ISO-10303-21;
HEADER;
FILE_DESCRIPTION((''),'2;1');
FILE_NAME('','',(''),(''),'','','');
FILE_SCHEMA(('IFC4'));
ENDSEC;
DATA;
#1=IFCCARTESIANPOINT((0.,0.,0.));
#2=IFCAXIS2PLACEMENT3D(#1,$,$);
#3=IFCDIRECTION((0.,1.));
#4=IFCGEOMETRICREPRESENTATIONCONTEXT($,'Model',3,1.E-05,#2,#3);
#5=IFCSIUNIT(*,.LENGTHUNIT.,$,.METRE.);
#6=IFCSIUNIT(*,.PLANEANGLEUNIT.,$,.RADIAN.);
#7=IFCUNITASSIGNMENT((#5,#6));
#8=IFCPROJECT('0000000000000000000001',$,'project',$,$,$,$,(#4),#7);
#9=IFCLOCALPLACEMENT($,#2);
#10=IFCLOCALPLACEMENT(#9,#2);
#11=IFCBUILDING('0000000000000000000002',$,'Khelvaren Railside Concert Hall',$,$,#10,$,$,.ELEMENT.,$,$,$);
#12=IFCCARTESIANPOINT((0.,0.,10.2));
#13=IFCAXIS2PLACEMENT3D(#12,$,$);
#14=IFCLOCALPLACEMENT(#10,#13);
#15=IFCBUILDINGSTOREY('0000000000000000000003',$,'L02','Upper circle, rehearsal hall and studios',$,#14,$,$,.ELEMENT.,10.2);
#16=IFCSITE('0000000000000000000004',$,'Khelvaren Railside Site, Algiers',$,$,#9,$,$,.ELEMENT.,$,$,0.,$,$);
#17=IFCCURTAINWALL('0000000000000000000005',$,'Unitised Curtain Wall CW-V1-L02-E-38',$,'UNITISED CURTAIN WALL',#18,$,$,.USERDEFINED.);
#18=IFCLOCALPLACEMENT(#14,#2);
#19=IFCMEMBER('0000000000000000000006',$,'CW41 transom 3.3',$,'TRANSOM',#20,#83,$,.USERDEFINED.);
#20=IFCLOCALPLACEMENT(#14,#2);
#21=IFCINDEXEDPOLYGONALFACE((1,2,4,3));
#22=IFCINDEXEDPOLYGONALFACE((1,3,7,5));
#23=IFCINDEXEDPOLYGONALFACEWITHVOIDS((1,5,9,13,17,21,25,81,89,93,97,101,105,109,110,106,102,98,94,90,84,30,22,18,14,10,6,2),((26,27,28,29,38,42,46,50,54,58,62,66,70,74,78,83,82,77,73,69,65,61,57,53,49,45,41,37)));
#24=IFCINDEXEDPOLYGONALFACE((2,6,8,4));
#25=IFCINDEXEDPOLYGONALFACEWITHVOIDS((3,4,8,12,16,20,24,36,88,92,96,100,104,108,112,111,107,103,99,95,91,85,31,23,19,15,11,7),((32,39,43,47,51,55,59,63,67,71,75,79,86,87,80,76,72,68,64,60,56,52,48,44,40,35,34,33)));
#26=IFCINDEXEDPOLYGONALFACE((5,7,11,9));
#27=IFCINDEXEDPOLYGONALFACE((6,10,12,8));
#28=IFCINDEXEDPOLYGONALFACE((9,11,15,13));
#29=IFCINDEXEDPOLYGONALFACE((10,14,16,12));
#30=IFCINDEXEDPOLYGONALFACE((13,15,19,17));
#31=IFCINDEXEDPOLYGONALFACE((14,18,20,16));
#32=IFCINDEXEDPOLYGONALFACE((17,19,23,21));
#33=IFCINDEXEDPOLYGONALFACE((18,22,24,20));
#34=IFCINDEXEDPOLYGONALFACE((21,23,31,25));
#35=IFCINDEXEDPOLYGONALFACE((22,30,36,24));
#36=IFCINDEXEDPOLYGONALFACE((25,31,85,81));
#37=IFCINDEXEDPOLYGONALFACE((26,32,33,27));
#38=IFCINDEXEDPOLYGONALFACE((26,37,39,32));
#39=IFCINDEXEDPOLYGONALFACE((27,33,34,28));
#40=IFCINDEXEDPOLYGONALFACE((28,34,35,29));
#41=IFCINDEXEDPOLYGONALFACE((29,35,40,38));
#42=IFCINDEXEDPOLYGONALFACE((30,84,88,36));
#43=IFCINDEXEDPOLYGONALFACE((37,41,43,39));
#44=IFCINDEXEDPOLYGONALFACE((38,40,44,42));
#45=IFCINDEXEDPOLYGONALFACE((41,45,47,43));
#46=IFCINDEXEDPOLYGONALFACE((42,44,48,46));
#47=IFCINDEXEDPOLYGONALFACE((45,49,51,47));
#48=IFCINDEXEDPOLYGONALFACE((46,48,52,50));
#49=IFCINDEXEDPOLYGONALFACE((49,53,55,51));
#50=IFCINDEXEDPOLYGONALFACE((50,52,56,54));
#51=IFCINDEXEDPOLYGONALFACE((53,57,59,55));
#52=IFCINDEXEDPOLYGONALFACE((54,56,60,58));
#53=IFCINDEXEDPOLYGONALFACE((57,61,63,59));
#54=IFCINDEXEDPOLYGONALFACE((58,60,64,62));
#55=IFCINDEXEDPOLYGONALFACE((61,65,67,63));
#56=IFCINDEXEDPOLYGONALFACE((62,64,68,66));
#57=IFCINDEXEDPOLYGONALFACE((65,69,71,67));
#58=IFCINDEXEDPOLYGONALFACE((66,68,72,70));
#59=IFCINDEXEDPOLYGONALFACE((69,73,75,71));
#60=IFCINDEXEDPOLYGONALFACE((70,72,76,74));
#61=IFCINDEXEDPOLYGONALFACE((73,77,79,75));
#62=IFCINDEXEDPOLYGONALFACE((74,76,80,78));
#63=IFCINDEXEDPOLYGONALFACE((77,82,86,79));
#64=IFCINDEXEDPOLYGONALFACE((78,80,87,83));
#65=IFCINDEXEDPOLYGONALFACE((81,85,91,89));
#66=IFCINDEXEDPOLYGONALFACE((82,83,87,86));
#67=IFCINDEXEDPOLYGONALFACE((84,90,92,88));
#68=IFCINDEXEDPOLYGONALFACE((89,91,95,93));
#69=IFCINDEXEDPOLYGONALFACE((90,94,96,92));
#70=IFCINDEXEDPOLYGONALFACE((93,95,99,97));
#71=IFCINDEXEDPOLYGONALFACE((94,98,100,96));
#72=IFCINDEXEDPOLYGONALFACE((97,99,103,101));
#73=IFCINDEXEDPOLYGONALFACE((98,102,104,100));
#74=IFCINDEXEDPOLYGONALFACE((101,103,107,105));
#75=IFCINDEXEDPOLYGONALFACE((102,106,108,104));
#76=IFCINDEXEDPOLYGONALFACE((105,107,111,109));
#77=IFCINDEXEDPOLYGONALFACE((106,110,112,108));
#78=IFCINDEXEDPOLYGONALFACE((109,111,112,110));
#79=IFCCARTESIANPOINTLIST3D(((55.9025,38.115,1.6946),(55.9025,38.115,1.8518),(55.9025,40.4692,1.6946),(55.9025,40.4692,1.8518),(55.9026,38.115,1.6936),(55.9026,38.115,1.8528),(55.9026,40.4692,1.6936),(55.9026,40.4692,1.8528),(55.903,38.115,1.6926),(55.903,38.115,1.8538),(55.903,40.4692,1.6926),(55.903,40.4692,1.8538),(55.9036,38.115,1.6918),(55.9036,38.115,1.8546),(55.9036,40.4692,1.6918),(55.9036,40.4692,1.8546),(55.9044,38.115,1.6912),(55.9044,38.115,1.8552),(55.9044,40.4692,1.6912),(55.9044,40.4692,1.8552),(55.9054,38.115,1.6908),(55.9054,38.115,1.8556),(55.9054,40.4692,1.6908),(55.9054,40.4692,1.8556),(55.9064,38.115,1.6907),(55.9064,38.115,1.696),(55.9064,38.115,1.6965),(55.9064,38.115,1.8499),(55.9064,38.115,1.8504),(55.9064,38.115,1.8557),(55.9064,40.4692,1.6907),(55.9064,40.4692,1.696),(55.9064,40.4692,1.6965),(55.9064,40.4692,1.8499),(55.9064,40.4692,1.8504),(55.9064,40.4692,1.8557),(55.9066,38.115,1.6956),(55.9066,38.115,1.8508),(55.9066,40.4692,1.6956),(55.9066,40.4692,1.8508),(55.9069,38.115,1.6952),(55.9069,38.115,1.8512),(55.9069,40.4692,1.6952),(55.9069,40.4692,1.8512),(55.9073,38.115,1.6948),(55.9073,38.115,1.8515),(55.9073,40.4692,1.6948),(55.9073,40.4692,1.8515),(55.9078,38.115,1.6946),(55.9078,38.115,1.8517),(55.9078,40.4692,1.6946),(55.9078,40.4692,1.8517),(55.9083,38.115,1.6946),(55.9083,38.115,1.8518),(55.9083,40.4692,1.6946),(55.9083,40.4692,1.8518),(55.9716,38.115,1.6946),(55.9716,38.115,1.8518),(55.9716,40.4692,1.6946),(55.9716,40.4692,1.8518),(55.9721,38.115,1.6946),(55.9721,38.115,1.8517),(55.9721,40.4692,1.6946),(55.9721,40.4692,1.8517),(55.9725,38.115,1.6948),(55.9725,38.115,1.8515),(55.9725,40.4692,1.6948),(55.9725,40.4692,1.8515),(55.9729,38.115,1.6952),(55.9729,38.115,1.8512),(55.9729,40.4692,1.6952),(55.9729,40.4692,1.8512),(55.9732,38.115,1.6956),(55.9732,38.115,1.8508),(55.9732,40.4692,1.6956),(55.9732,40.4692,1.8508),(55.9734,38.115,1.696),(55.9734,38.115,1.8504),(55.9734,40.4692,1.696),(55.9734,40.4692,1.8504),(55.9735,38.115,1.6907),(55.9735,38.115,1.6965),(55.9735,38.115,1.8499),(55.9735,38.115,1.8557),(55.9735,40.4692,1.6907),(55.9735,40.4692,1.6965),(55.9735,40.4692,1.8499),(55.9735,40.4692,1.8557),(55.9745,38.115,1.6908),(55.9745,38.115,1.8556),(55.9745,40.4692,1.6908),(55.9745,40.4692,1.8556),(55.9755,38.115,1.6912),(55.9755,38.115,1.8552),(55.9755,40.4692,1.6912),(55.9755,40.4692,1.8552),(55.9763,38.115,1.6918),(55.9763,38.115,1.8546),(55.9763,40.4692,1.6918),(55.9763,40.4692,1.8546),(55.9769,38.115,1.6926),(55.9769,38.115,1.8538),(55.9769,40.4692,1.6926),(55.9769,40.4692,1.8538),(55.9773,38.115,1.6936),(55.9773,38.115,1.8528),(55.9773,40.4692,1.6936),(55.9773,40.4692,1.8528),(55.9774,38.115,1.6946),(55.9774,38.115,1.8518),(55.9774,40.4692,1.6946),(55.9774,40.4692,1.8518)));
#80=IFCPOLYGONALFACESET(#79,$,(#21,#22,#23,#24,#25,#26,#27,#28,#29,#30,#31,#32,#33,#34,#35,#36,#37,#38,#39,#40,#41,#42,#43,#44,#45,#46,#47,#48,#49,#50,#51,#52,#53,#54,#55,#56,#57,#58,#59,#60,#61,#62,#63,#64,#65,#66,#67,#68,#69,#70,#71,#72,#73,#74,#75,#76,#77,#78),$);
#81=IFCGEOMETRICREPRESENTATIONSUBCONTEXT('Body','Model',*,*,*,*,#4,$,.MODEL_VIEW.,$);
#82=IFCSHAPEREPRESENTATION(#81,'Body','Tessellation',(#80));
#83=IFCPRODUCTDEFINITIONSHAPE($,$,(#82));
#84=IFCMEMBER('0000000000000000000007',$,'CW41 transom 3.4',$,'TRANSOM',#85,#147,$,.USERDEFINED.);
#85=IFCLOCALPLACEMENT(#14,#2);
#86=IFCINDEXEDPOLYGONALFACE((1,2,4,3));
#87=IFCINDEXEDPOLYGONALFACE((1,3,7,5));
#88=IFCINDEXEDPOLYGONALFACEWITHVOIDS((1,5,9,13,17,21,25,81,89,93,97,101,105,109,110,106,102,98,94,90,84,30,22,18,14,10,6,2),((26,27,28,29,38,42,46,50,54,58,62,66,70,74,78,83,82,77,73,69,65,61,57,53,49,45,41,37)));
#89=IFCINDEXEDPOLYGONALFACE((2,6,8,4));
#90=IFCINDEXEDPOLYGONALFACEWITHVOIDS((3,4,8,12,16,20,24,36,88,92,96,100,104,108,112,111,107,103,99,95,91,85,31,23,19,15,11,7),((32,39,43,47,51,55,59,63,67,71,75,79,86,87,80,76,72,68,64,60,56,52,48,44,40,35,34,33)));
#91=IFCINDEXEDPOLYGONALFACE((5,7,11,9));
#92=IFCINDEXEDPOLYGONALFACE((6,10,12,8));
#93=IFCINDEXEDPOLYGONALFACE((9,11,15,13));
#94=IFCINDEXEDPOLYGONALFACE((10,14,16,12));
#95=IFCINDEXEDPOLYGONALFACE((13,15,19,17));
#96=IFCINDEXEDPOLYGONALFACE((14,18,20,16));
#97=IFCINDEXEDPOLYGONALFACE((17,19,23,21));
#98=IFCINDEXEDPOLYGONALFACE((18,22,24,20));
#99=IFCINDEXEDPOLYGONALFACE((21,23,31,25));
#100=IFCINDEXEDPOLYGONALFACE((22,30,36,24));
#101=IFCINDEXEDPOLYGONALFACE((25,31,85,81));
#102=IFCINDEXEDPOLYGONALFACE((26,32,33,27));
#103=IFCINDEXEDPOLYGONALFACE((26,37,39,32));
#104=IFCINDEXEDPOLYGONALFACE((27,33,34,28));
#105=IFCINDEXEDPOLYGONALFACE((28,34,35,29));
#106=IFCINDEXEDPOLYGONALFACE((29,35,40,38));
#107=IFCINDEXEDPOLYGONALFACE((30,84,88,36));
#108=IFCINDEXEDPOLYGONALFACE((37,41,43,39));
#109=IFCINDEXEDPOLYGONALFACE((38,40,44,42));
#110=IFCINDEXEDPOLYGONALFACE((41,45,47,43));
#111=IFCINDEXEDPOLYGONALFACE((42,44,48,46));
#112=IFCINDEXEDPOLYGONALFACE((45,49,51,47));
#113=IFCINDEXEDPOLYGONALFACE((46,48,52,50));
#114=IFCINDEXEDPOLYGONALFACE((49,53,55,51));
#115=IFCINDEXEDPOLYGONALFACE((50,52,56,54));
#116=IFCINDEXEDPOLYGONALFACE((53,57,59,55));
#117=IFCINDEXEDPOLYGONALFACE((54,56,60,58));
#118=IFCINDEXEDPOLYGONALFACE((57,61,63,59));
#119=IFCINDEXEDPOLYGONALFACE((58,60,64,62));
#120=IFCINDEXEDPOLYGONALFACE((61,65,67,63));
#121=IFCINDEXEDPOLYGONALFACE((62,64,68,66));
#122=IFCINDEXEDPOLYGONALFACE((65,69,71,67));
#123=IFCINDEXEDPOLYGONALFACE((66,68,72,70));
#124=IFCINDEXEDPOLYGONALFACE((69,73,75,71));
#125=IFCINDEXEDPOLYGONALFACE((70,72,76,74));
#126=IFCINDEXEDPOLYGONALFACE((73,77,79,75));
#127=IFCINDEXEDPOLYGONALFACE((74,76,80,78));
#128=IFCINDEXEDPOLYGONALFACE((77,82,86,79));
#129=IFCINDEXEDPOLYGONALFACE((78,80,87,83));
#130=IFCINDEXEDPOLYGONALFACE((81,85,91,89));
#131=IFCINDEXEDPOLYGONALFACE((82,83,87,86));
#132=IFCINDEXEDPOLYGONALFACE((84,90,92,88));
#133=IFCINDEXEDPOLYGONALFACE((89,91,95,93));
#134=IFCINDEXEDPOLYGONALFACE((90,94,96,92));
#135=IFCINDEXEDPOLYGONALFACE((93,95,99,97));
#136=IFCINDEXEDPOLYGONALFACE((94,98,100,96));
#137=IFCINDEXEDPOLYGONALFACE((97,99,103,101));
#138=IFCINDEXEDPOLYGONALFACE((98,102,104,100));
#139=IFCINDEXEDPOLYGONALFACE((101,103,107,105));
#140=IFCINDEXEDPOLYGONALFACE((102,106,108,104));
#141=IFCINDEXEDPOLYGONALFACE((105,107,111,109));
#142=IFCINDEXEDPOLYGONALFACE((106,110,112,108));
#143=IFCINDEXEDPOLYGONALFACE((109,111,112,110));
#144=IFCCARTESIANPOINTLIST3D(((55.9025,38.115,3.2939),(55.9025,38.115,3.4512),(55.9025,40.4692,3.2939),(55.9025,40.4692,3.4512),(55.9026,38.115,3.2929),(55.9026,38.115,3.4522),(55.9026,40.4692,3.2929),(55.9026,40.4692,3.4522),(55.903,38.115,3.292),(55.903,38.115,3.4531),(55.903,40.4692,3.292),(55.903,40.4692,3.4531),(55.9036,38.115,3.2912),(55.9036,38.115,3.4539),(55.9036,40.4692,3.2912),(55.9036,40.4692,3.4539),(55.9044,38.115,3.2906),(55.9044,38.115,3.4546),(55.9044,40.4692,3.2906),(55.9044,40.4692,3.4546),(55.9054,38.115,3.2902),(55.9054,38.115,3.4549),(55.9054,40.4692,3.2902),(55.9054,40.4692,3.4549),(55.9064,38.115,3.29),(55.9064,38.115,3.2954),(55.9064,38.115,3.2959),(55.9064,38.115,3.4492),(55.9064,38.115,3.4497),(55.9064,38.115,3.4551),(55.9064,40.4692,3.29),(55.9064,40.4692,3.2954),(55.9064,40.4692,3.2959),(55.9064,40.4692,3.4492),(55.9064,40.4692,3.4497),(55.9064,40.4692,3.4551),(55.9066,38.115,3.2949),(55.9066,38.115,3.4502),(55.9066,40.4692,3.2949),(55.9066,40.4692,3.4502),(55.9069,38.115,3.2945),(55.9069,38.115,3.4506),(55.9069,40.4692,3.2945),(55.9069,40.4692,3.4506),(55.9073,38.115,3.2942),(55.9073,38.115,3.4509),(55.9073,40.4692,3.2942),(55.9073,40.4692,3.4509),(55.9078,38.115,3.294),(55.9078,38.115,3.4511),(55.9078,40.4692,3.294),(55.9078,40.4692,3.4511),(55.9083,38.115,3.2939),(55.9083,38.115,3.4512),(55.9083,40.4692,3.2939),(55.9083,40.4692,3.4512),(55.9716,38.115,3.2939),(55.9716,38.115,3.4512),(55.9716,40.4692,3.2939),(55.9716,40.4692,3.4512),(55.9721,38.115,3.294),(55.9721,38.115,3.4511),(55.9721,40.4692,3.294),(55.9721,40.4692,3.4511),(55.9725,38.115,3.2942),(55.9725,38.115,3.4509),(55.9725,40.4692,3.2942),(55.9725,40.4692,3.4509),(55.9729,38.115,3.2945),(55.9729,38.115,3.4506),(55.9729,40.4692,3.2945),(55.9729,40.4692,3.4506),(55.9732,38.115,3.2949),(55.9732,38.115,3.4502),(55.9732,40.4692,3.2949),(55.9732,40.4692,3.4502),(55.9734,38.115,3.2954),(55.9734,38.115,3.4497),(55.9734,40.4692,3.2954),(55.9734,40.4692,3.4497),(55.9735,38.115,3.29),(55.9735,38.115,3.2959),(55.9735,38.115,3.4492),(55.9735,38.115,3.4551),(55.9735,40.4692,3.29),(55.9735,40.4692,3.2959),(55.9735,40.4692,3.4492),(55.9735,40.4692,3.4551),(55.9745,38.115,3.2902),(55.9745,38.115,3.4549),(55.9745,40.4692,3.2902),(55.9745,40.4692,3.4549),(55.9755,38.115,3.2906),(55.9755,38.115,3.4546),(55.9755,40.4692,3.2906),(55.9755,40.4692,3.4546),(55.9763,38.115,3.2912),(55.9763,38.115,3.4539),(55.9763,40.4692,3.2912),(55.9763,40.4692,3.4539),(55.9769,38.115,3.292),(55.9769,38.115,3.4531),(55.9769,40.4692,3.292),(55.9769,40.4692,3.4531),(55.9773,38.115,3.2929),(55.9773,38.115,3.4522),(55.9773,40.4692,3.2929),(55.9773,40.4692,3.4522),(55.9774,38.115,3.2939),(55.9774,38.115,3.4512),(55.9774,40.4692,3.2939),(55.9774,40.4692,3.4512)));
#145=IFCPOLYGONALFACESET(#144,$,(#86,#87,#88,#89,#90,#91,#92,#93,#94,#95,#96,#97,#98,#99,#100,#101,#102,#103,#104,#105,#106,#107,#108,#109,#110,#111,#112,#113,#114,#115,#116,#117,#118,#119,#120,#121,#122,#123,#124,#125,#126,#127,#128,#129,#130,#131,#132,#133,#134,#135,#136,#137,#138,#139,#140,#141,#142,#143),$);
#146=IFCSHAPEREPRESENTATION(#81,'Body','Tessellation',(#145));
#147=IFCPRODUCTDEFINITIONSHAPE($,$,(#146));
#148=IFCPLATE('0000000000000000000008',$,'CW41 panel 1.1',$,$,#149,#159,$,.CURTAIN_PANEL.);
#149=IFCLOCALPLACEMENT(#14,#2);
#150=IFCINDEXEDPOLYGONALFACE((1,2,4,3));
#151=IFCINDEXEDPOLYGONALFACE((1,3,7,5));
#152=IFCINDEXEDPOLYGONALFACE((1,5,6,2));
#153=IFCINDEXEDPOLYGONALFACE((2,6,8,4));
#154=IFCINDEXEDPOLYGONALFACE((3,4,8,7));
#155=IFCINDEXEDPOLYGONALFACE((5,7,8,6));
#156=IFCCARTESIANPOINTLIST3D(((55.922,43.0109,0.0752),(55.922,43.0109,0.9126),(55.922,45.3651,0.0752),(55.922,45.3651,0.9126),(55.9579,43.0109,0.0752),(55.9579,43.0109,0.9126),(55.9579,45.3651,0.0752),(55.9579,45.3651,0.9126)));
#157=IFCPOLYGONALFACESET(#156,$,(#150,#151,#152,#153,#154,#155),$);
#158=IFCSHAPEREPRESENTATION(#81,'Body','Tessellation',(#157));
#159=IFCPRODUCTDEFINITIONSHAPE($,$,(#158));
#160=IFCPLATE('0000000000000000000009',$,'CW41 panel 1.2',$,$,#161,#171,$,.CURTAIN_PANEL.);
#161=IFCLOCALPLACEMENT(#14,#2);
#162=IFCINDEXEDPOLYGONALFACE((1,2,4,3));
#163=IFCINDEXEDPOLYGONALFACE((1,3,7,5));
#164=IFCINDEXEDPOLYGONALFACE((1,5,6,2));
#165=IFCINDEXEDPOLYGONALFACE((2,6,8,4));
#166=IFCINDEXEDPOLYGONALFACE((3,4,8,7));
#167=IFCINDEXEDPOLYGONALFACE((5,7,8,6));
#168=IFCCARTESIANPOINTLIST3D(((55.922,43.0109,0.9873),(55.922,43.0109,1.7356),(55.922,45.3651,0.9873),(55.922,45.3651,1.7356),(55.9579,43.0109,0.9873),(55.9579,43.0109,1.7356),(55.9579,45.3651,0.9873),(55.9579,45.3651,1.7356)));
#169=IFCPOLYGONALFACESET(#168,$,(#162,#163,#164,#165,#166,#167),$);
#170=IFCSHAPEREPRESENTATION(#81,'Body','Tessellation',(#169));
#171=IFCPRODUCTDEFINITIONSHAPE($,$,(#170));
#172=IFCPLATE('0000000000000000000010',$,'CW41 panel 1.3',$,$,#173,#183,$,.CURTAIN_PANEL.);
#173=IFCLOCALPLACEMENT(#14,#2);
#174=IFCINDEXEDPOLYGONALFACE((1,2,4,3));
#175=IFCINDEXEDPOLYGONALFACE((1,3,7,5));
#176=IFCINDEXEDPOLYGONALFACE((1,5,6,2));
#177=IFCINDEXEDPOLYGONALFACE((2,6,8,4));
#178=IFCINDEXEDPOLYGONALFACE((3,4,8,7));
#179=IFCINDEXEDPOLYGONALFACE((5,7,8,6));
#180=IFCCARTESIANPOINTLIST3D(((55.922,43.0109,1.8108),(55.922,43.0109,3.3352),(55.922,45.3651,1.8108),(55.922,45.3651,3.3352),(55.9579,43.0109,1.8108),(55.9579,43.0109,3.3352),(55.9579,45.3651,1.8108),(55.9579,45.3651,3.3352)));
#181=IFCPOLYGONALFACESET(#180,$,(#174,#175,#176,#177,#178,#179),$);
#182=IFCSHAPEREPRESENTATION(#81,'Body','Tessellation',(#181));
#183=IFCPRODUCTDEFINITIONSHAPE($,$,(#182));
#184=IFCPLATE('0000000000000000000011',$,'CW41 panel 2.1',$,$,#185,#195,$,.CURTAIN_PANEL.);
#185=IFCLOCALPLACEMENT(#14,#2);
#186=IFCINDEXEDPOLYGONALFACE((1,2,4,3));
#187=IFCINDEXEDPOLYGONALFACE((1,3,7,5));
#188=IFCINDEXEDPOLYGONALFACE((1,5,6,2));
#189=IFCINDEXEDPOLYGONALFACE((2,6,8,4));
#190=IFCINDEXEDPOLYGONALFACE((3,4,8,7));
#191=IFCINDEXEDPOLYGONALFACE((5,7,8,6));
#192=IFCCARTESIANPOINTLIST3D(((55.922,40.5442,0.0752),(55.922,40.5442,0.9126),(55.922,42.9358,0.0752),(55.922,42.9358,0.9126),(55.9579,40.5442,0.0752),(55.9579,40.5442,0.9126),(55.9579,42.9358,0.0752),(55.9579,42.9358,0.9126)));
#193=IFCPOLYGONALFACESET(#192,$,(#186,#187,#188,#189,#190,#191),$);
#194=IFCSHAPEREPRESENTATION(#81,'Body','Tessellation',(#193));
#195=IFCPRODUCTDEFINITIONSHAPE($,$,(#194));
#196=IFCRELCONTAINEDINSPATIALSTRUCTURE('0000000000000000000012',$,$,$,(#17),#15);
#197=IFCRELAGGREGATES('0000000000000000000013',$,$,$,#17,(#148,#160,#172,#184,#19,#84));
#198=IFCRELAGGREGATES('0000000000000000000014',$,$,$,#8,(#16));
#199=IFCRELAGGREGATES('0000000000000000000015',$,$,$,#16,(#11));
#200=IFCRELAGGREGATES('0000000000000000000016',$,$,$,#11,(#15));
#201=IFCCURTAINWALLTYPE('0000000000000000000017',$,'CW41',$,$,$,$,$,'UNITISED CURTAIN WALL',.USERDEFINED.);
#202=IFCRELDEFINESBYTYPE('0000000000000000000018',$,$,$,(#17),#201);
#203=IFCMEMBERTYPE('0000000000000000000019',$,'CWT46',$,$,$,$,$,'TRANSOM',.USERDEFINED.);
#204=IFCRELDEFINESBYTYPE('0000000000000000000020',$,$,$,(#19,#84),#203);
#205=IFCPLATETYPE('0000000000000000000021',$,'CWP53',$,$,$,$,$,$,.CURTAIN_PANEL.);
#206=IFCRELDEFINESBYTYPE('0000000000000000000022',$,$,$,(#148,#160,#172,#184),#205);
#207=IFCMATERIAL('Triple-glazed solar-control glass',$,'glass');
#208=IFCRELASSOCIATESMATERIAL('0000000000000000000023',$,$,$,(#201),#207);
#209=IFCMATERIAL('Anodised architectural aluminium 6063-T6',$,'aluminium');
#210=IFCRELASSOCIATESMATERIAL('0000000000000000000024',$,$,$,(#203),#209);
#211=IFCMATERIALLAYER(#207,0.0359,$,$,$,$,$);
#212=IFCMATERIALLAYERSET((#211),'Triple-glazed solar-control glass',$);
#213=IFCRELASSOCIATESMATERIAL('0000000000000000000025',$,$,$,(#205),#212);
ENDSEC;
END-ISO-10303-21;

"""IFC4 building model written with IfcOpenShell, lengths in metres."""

from ifc_helpers import new_model, si_unit, direction, frame, origin, origin_2d, place, context, subcontext, project, spatial, rectangle, hollow_rectangle, extrude, material, layer, layer_set, material_profile, profile_set, type_object, element, aggregate, save


model = new_model("IFC4")

# Units and contexts
model_context = context("Model", 3, precision=1e-05, world=origin(), true_north=direction((0.0, 1.0)))
body_context = subcontext(model_context, "Body", "Model", "MODEL_VIEW")
ifc_project = project(units=[si_unit("LENGTHUNIT", "METRE"), si_unit("PLANEANGLEUNIT", "RADIAN")], contexts=[model_context])

# Site, building, storey
site_placement = place(None, origin())
site = spatial("IfcSite", under=ifc_project, at=site_placement, Name="Khelvaren Railside Site, Algiers", CompositionType="ELEMENT", RefElevation=0.0)
building_placement = place(site_placement, origin())
building = spatial("IfcBuilding", under=site, at=building_placement, Name="Khelvaren Railside Concert Hall", CompositionType="ELEMENT")
storey_placement = place(building_placement, frame((0.0, 0.0, 10.2)))
storey = spatial("IfcBuildingStorey", under=building, at=storey_placement, Name="L02", Description="Upper circle, rehearsal hall and studios", CompositionType="ELEMENT", Elevation=10.2)

# Curtain wall, members, plates
ifc_material_1 = material(Name="Triple-glazed solar-control glass", Category="glass")
curtain_wall_type = type_object("IfcCurtainWallType", Name="CW41", ElementType="UNITISED CURTAIN WALL", PredefinedType="USERDEFINED", material=ifc_material_1)
curtain_wall_placement = place(storey_placement, origin())
curtain_wall = element("IfcCurtainWall", 1, at=curtain_wall_placement, inside=storey, type_object=curtain_wall_type, Name="Unitised Curtain Wall CW-V1-L02-E-38", ObjectType="UNITISED CURTAIN WALL", PredefinedType="USERDEFINED")
ifc_material_2 = material(Name="Anodised architectural aluminium 6063-T6", Category="aluminium")
ifc_material_profile_1 = material_profile(ifc_material_2, hollow_rectangle(XDim=0.075, YDim=0.165, WallThickness=0.0039, InnerFilletRadius=0.002, OuterFilletRadius=0.0039, at=origin_2d()), Name="CWT 75x165x4")
ifc_profile_set_1 = profile_set([ifc_material_profile_1], Name="Anodised architectural aluminium 6063-T6")
member_type_1 = type_object("IfcMemberType", Name="CWT46", ElementType="TRANSOM", PredefinedType="USERDEFINED", material=ifc_profile_set_1)
member_1_placement = place(storey_placement, frame((55.9399, 40.4692, 1.7732), z_axis=(0.0, -1.0, 0.0), x_axis=(1.0, 0.0, 0.0)))
member_1 = element("IfcMember", 2, at=member_1_placement, type_object=member_type_1, Name="CW41 transom 3.3", ObjectType="TRANSOM", PredefinedType="USERDEFINED", context=body_context, shape_type="SweptSolid", body=[
    extrude(hollow_rectangle(XDim=0.075, YDim=0.165, WallThickness=0.0039, InnerFilletRadius=0.002, OuterFilletRadius=0.0039, at=origin_2d()), origin(), (0.0, 0.0, 1.0), 2.3542),
])
member_2_placement = place(storey_placement, frame((55.9399, 40.4692, 3.3726), z_axis=(0.0, -1.0, 0.0), x_axis=(1.0, 0.0, 0.0)))
member_2 = element("IfcMember", 3, at=member_2_placement, type_object=member_type_1, Name="CW41 transom 3.4", ObjectType="TRANSOM", PredefinedType="USERDEFINED", context=body_context, shape_type="SweptSolid", body=[
    extrude(hollow_rectangle(XDim=0.075, YDim=0.165, WallThickness=0.0039, InnerFilletRadius=0.002, OuterFilletRadius=0.0039, at=origin_2d()), origin(), (0.0, 0.0, 1.0), 2.3542),
])
ifc_layer = layer(ifc_material_1, 0.0359)
ifc_layer_set = layer_set([ifc_layer], Name="Triple-glazed solar-control glass")
plate_type = type_object("IfcPlateType", Name="CWP53", PredefinedType="CURTAIN_PANEL", material=ifc_layer_set)
plate_1_placement = place(storey_placement, frame((55.9399, 44.188, 0.0752), z_axis=(0.0, 0.0, 1.0), x_axis=(0.0, -1.0, 0.0)))
plate_1 = element("IfcPlate", 4, at=plate_1_placement, type_object=plate_type, Name="CW41 panel 1.1", PredefinedType="CURTAIN_PANEL", context=body_context, shape_type="SweptSolid", body=[
    extrude(rectangle(XDim=2.3542, YDim=0.0359, at=origin_2d()), origin(), (0.0, 0.0, 1.0), 0.8374),
])
plate_2_placement = place(storey_placement, frame((55.9399, 44.188, 0.9873), z_axis=(0.0, 0.0, 1.0), x_axis=(0.0, -1.0, 0.0)))
plate_2 = element("IfcPlate", 5, at=plate_2_placement, type_object=plate_type, Name="CW41 panel 1.2", PredefinedType="CURTAIN_PANEL", context=body_context, shape_type="SweptSolid", body=[
    extrude(rectangle(XDim=2.3542, YDim=0.0359, at=origin_2d()), origin(), (0.0, 0.0, 1.0), 0.7483),
])
plate_3_placement = place(storey_placement, frame((55.9399, 44.188, 1.8108), z_axis=(0.0, 0.0, 1.0), x_axis=(0.0, -1.0, 0.0)))
plate_3 = element("IfcPlate", 6, at=plate_3_placement, type_object=plate_type, Name="CW41 panel 1.3", PredefinedType="CURTAIN_PANEL", context=body_context, shape_type="SweptSolid", body=[
    extrude(rectangle(XDim=2.3542, YDim=0.0359, at=origin_2d()), origin(), (0.0, 0.0, 1.0), 1.5244),
])
plate_4_placement = place(storey_placement, frame((55.9399, 41.74, 0.0752), z_axis=(0.0, 0.0, 1.0), x_axis=(0.0, -1.0, 0.0)))
plate_4 = element("IfcPlate", 7, at=plate_4_placement, type_object=plate_type, Name="CW41 panel 2.1", PredefinedType="CURTAIN_PANEL", context=body_context, shape_type="SweptSolid", body=[
    extrude(rectangle(XDim=2.3916, YDim=0.0359, at=origin_2d()), origin(), (0.0, 0.0, 1.0), 0.8374),
])
aggregate(curtain_wall, [plate_1, plate_2, plate_3, plate_4, member_1, member_2])

save(model, "model.ifc")
